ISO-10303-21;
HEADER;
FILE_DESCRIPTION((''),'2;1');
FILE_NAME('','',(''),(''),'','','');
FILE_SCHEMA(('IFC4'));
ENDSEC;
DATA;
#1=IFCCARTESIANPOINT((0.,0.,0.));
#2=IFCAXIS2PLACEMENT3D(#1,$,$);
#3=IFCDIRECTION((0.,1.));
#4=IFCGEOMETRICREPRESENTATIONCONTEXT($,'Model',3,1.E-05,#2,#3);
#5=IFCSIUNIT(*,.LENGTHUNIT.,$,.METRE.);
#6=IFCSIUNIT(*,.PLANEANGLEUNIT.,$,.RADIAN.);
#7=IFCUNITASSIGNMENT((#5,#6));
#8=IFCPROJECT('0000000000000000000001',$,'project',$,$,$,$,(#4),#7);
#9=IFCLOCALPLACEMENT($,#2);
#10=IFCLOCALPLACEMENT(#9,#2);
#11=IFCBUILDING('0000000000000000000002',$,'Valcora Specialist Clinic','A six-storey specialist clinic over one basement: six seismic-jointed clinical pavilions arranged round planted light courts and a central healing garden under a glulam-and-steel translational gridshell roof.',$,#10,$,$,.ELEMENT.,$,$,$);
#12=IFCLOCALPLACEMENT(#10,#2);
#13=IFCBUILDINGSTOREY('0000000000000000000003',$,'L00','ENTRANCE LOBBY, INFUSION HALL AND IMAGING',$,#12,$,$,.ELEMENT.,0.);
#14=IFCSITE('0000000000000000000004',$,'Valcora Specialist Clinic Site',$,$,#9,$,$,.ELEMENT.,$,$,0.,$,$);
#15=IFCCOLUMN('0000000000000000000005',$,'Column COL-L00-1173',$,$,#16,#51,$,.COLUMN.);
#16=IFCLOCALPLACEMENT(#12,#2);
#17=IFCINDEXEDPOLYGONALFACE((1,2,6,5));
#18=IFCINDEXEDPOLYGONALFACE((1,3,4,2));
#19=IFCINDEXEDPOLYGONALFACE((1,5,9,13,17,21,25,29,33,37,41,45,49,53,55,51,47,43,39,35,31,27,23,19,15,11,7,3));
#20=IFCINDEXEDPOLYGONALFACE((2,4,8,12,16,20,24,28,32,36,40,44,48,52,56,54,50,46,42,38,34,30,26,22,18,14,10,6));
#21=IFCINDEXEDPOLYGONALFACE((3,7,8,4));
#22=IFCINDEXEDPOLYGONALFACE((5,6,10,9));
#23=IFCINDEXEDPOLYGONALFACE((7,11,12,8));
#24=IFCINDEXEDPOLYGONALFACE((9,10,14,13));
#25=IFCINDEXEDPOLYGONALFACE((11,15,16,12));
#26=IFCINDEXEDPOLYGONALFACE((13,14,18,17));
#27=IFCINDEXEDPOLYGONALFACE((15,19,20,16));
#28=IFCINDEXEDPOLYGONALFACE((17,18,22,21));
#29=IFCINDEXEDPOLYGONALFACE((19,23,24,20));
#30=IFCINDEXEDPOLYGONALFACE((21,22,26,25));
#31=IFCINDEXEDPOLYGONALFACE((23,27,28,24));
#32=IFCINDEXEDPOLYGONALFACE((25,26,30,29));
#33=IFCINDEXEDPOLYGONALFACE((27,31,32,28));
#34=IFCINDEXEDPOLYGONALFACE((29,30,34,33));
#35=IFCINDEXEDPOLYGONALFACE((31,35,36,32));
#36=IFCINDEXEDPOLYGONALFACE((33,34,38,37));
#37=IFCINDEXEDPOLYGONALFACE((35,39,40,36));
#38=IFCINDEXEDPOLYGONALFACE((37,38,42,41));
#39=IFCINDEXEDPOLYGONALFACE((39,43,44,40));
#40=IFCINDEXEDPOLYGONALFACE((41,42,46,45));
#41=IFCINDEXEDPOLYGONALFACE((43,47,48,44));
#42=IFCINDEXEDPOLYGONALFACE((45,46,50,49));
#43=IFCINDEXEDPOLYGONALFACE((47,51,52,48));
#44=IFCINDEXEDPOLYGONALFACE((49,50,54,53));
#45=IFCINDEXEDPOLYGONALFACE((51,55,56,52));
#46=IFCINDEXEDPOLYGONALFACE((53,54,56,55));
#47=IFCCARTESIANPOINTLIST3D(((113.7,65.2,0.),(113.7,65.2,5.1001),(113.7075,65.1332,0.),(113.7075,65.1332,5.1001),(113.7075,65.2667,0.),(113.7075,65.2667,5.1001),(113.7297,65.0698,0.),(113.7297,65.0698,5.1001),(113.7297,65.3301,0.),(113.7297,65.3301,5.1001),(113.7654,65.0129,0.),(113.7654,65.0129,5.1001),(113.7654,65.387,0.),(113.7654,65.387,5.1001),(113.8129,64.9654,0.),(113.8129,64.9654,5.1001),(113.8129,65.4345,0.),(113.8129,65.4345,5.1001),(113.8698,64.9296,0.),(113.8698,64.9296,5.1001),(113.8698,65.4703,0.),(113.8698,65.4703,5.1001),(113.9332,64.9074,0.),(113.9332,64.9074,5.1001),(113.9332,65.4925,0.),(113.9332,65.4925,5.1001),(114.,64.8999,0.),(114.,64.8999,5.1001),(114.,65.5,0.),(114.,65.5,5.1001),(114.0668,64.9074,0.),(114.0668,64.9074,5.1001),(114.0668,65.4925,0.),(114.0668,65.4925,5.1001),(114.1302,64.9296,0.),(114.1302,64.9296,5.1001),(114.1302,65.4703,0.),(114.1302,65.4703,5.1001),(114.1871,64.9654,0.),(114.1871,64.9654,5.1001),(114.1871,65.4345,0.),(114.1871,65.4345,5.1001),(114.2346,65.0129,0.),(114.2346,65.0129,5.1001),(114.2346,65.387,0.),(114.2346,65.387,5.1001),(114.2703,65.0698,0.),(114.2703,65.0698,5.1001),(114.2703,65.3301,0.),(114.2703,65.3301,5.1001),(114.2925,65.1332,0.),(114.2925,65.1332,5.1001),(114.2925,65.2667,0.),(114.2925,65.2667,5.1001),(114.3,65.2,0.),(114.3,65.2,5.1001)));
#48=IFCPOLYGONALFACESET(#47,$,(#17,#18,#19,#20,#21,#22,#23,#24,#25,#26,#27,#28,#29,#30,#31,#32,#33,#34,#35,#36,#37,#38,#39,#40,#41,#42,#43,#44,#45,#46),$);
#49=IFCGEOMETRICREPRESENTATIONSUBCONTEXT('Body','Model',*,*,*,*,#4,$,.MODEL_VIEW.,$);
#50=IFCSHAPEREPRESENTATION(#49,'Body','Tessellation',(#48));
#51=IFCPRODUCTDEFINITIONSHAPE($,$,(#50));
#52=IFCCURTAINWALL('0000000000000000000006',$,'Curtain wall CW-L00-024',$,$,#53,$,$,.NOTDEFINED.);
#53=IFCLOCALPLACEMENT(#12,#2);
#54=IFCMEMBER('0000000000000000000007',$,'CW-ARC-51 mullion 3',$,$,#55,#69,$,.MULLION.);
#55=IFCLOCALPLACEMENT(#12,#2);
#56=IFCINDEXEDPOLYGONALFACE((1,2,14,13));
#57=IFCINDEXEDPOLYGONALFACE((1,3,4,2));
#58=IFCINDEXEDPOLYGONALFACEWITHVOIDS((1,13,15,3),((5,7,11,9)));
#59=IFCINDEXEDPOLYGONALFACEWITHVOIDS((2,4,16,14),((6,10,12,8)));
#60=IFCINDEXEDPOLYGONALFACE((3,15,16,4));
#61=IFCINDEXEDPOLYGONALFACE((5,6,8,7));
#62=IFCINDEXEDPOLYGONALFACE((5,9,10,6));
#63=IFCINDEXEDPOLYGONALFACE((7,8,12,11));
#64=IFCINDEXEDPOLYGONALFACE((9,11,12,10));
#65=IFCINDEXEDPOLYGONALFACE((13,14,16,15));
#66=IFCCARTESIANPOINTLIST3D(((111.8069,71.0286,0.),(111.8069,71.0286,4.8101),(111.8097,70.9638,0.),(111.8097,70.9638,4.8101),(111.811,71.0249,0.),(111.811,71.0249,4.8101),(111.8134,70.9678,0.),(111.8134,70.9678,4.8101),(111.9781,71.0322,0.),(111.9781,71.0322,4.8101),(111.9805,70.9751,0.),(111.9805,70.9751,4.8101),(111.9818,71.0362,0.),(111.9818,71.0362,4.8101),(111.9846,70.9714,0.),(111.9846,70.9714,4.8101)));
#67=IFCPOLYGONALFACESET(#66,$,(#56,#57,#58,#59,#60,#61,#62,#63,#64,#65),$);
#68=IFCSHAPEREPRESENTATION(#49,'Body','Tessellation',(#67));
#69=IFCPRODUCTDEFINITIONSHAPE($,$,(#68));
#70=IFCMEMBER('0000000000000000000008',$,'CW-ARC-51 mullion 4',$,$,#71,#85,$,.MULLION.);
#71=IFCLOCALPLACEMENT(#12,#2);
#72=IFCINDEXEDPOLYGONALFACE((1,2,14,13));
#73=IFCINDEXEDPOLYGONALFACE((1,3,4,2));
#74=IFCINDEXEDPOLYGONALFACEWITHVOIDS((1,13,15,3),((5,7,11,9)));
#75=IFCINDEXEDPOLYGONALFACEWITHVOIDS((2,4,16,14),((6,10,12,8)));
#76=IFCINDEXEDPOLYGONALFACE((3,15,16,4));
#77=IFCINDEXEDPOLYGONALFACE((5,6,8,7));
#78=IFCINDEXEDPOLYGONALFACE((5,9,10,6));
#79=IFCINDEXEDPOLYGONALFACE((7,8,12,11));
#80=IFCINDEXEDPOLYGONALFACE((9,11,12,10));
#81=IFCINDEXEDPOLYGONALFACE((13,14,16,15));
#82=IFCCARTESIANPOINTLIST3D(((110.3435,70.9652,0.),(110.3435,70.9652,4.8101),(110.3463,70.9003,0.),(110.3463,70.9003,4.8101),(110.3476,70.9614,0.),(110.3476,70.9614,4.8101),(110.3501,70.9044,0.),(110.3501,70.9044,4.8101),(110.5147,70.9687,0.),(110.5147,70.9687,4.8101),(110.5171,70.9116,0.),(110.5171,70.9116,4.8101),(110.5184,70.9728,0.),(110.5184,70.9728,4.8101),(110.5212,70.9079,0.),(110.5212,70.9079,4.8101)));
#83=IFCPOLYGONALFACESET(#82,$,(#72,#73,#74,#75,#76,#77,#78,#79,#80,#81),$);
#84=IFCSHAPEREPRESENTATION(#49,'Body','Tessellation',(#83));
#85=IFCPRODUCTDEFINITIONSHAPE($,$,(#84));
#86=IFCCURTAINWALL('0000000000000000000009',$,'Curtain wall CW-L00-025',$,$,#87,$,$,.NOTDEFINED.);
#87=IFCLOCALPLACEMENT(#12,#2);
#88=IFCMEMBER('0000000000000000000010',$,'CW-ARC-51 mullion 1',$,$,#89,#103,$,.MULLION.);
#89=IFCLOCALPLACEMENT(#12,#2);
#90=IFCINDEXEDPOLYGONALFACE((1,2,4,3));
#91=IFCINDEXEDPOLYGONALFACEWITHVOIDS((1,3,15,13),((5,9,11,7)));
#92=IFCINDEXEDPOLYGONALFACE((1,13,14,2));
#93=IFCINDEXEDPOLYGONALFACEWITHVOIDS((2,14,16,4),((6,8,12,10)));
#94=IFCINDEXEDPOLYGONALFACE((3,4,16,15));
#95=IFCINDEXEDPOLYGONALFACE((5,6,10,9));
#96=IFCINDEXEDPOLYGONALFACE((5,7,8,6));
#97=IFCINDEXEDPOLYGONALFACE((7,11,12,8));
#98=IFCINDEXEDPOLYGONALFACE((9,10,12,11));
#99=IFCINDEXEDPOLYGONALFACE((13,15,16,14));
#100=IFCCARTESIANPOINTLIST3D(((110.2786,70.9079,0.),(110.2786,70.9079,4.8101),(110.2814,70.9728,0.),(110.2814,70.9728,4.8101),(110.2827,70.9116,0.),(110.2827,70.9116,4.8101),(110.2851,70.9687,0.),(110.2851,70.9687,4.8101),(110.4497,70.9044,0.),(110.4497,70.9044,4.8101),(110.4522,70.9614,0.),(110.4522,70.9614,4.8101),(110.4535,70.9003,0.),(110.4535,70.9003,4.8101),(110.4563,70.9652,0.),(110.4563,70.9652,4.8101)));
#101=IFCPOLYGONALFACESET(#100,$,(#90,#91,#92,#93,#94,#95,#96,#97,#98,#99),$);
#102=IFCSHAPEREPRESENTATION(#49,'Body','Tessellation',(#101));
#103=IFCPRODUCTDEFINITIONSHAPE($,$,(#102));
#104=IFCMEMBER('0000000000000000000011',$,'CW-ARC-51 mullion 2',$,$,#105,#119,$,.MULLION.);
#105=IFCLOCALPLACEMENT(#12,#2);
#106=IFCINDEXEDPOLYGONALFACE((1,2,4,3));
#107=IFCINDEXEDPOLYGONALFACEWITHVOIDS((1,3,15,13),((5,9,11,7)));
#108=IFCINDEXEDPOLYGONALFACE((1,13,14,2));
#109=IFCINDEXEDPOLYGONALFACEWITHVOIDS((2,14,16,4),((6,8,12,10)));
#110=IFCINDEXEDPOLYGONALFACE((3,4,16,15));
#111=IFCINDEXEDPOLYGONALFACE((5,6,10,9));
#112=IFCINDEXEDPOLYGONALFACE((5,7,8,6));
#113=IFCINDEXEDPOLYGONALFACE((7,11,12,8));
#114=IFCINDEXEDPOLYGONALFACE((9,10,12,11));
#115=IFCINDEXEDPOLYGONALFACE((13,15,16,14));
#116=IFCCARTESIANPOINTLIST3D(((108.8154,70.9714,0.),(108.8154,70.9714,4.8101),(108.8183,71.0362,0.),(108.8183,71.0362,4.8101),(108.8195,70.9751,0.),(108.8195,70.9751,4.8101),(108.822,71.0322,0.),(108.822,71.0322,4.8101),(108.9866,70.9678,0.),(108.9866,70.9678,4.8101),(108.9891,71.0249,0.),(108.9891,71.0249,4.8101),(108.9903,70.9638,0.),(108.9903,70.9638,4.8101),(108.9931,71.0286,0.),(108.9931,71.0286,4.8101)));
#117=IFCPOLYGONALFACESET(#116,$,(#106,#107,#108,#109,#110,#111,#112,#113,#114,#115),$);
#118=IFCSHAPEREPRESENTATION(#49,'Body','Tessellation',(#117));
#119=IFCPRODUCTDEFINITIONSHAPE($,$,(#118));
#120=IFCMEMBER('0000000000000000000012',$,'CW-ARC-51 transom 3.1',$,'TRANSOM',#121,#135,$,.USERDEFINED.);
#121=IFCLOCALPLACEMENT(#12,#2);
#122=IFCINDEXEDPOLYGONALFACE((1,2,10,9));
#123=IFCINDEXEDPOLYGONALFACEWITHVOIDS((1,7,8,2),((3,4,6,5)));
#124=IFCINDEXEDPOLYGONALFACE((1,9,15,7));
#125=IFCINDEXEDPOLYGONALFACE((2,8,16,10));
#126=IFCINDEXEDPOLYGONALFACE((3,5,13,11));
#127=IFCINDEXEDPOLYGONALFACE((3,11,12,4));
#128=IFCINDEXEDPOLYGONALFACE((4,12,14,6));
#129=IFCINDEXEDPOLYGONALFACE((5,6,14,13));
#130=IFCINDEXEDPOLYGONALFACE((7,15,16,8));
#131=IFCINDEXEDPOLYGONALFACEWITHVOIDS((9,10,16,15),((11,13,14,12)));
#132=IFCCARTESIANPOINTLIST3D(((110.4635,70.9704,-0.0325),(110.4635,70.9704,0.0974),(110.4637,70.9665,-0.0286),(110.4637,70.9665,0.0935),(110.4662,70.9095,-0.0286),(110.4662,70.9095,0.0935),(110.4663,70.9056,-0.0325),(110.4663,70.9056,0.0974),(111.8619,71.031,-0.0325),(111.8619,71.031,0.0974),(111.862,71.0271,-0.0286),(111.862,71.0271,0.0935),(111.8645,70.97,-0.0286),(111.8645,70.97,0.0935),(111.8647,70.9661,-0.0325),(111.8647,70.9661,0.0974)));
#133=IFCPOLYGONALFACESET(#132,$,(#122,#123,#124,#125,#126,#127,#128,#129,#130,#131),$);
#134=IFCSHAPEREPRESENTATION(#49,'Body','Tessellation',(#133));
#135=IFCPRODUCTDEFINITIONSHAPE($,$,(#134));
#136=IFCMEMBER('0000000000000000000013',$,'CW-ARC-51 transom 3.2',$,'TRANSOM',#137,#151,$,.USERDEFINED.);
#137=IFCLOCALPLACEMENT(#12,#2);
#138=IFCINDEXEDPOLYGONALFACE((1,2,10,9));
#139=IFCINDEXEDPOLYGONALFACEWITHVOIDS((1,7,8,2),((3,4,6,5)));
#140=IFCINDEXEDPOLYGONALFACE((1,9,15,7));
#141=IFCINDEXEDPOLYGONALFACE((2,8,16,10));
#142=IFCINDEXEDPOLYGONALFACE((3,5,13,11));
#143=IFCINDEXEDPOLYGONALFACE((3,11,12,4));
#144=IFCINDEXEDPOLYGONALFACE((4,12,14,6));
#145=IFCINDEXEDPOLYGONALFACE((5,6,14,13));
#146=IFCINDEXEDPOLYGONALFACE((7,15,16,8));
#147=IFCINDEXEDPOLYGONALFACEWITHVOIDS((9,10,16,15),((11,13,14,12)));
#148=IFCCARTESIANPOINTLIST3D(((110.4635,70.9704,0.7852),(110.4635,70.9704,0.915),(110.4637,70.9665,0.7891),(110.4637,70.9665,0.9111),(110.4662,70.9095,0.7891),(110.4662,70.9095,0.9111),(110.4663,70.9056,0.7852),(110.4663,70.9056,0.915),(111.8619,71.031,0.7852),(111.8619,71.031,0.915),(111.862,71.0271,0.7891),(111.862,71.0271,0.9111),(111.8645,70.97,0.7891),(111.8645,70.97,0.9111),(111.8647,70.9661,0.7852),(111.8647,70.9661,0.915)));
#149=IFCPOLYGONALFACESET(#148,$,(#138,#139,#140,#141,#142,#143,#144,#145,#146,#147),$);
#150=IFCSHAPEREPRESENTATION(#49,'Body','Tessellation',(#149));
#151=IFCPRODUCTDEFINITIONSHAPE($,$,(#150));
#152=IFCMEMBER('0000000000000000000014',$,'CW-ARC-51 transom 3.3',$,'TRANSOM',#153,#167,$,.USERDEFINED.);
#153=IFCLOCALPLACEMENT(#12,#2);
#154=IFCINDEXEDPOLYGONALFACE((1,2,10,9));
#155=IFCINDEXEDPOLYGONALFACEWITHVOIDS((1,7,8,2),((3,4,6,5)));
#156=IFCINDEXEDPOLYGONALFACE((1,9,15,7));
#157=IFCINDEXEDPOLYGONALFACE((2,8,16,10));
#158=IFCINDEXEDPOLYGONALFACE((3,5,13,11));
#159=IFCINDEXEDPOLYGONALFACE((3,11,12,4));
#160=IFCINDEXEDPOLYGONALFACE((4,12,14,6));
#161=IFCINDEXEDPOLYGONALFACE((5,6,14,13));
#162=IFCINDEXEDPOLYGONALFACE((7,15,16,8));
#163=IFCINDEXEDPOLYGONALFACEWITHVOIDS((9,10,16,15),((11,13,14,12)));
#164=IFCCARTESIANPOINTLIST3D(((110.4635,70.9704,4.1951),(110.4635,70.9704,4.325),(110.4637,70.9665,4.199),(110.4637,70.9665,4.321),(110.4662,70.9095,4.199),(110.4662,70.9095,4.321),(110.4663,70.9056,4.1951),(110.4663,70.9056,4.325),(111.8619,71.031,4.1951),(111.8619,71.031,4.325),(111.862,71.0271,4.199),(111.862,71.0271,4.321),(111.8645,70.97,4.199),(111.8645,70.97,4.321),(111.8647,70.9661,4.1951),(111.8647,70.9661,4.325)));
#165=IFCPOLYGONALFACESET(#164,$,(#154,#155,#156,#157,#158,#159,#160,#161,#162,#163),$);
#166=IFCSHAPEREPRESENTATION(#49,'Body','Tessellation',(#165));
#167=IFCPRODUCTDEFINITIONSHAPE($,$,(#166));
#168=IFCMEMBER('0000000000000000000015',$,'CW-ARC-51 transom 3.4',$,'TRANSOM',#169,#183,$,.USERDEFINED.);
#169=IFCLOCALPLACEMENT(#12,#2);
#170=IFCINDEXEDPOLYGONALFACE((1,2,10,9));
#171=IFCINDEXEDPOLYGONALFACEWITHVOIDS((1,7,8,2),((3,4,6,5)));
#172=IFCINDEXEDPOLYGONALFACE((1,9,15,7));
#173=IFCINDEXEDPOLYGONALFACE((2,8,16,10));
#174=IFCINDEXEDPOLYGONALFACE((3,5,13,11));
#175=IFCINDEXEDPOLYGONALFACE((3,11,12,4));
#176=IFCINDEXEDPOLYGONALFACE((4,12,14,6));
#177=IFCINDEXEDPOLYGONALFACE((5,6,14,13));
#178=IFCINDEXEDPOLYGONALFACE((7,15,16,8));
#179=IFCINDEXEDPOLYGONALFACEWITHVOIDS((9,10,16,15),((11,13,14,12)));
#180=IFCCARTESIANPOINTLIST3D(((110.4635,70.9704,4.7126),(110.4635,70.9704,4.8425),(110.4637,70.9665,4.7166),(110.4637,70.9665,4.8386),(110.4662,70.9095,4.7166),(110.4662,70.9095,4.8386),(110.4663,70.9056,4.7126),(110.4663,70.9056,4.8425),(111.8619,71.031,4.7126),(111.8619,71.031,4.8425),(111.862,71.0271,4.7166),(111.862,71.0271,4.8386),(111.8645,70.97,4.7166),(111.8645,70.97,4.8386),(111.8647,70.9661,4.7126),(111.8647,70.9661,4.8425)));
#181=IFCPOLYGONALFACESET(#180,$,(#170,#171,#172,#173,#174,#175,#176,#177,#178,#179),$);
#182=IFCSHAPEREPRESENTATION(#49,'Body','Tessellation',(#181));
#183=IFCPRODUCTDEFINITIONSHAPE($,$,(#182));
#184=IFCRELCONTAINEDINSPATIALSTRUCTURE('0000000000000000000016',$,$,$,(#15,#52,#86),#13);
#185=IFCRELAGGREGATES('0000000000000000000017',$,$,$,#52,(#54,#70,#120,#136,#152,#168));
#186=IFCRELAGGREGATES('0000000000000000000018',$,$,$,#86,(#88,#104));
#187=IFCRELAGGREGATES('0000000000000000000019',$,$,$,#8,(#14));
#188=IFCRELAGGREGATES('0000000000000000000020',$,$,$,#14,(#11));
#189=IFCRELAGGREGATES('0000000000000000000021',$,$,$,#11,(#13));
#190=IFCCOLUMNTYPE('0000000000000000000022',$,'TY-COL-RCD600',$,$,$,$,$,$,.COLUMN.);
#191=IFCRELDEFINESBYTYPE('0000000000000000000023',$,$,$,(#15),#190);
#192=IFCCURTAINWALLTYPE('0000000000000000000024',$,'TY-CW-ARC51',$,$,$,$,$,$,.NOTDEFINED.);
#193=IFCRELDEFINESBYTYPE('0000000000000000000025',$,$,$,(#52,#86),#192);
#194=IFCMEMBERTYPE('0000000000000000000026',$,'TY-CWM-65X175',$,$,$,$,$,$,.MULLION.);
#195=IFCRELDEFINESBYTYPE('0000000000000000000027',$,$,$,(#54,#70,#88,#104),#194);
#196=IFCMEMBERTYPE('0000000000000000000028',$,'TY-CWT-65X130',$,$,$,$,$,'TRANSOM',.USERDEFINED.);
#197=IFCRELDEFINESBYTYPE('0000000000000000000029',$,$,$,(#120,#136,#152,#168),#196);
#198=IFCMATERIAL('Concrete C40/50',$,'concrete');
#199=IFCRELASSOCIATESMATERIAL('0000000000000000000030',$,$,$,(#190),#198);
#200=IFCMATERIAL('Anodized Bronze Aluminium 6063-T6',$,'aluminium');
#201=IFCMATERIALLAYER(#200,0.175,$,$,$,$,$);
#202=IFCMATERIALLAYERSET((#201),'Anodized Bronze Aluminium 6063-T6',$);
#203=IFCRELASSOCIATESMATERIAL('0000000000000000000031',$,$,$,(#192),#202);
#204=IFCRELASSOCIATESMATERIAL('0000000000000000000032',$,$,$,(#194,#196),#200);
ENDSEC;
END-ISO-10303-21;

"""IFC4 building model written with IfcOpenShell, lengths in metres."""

from ifc_helpers import new_model, si_unit, direction, frame, origin, origin_2d, place, context, subcontext, project, spatial, hollow_rectangle, circle, extrude, material, layer, layer_set, material_profile, profile_set, type_object, element, aggregate, save


model = new_model("IFC4")

# Units and contexts
model_context = context("Model", 3, precision=1e-05, world=origin(), true_north=direction((0.0, 1.0)))
body_context = subcontext(model_context, "Body", "Model", "MODEL_VIEW")
ifc_project = project(units=[si_unit("LENGTHUNIT", "METRE"), si_unit("PLANEANGLEUNIT", "RADIAN")], contexts=[model_context])

# Site, building, storey
site_placement = place(None, origin())
site = spatial("IfcSite", under=ifc_project, at=site_placement, Name="Valcora Specialist Clinic Site", CompositionType="ELEMENT", RefElevation=0.0)
building_placement = place(site_placement, origin())
building = spatial("IfcBuilding", under=site, at=building_placement, Name="Valcora Specialist Clinic", Description="A six-storey specialist clinic over one basement: six seismic-jointed clinical pavilions arranged round planted light courts and a central healing garden under a glulam-and-steel translational gridshell roof.", CompositionType="ELEMENT")
storey_placement = place(building_placement, origin())
storey = spatial("IfcBuildingStorey", under=building, at=storey_placement, Name="L00", Description="ENTRANCE LOBBY, INFUSION HALL AND IMAGING", CompositionType="ELEMENT", Elevation=0.0)

# Column
ifc_material_1 = material(Name="Concrete C40/50", Category="concrete")
ifc_material_profile_1 = material_profile(ifc_material_1, circle(Radius=0.3, at=origin_2d()), Name="RC-COL-D600")
ifc_profile_set_1 = profile_set([ifc_material_profile_1], Name="Concrete C40/50")
column_type = type_object("IfcColumnType", Name="TY-COL-RCD600", PredefinedType="COLUMN", material=ifc_profile_set_1)
column_placement = place(storey_placement, frame((114.0, 65.2, 0.0), z_axis=(0.0, 0.0, 1.0), x_axis=(1.0, 0.0, 0.0)))
element("IfcColumn", 1, at=column_placement, inside=storey, type_object=column_type, Name="Column COL-L00-1173", PredefinedType="COLUMN", context=body_context, shape_type="SweptSolid", body=[
    extrude(circle(Radius=0.3, at=origin_2d()), origin(), (0.0, 0.0, 1.0), 5.1001),
])

# Curtain walls, members
ifc_material_2 = material(Name="Anodized Bronze Aluminium 6063-T6", Category="aluminium")
ifc_layer_1 = layer(ifc_material_2, 0.175)
ifc_layer_set_1 = layer_set([ifc_layer_1], Name="Anodized Bronze Aluminium 6063-T6")
curtain_wall_type = type_object("IfcCurtainWallType", Name="TY-CW-ARC51", PredefinedType="NOTDEFINED", material=ifc_layer_set_1)
curtain_wall_1_placement = place(storey_placement, origin())
curtain_wall_1 = element("IfcCurtainWall", 2, at=curtain_wall_1_placement, inside=storey, type_object=curtain_wall_type, Name="Curtain wall CW-L00-024", PredefinedType="NOTDEFINED")
ifc_material_profile_2 = material_profile(ifc_material_2, hollow_rectangle(XDim=0.0649, YDim=0.175, WallThickness=0.0039, at=origin_2d()), Name="AL-MUL-65X175")
ifc_profile_set_2 = profile_set([ifc_material_profile_2], Name="Anodized Bronze Aluminium 6063-T6")
member_type_1 = type_object("IfcMemberType", Name="TY-CWM-65X175", PredefinedType="MULLION", material=ifc_profile_set_2)
member_1_placement = place(storey_placement, frame((111.8958, 71.0, 0.0), z_axis=(0.0, 0.0, 1.0), x_axis=(0.043307, -0.999062, 0.0)))
member_1 = element("IfcMember", 3, at=member_1_placement, type_object=member_type_1, Name="CW-ARC-51 mullion 3", PredefinedType="MULLION", context=body_context, shape_type="SweptSolid", body=[
    extrude(hollow_rectangle(XDim=0.0649, YDim=0.175, WallThickness=0.0039, at=origin_2d()), origin(), (0.0, 0.0, 1.0), 4.8101),
])
member_2_placement = place(storey_placement, frame((110.4324, 70.9365, 0.0), z_axis=(0.0, 0.0, 1.0), x_axis=(0.043307, -0.999062, 0.0)))
member_2 = element("IfcMember", 4, at=member_2_placement, type_object=member_type_1, Name="CW-ARC-51 mullion 4", PredefinedType="MULLION", context=body_context, shape_type="SweptSolid", body=[
    extrude(hollow_rectangle(XDim=0.0649, YDim=0.175, WallThickness=0.0039, at=origin_2d()), origin(), (0.0, 0.0, 1.0), 4.8101),
])
curtain_wall_2_placement = place(storey_placement, origin())
curtain_wall_2 = element("IfcCurtainWall", 5, at=curtain_wall_2_placement, inside=storey, type_object=curtain_wall_type, Name="Curtain wall CW-L00-025", PredefinedType="NOTDEFINED")
member_3_placement = place(storey_placement, frame((110.3674, 70.9365, 0.0), z_axis=(0.0, 0.0, 1.0), x_axis=(-0.043307, -0.999062, 0.0)))
member_3 = element("IfcMember", 6, at=member_3_placement, type_object=member_type_1, Name="CW-ARC-51 mullion 1", PredefinedType="MULLION", context=body_context, shape_type="SweptSolid", body=[
    extrude(hollow_rectangle(XDim=0.0649, YDim=0.175, WallThickness=0.0039, at=origin_2d()), origin(), (0.0, 0.0, 1.0), 4.8101),
])
member_4_placement = place(storey_placement, frame((108.9043, 71.0, 0.0), z_axis=(0.0, 0.0, 1.0), x_axis=(-0.043307, -0.999062, 0.0)))
member_4 = element("IfcMember", 7, at=member_4_placement, type_object=member_type_1, Name="CW-ARC-51 mullion 2", PredefinedType="MULLION", context=body_context, shape_type="SweptSolid", body=[
    extrude(hollow_rectangle(XDim=0.0649, YDim=0.175, WallThickness=0.0039, at=origin_2d()), origin(), (0.0, 0.0, 1.0), 4.8101),
])

# Members
ifc_material_profile_3 = material_profile(ifc_material_2, hollow_rectangle(XDim=0.0649, YDim=0.1299, WallThickness=0.0039, at=origin_2d()), Name="AL-TRN-65X130")
ifc_profile_set_3 = profile_set([ifc_material_profile_3], Name="Anodized Bronze Aluminium 6063-T6")
member_type_2 = type_object("IfcMemberType", Name="TY-CWT-65X130", ElementType="TRANSOM", PredefinedType="USERDEFINED", material=ifc_profile_set_3)
member_5_placement = place(storey_placement, frame((111.8633, 70.9985, 0.0325), z_axis=(-0.999064, -0.043256, 0.0), x_axis=(0.043256, -0.999064, 0.0)))
member_5 = element("IfcMember", 8, at=member_5_placement, type_object=member_type_2, Name="CW-ARC-51 transom 3.1", ObjectType="TRANSOM", PredefinedType="USERDEFINED", context=body_context, shape_type="SweptSolid", body=[
    extrude(hollow_rectangle(XDim=0.0649, YDim=0.1299, WallThickness=0.0039, at=origin_2d()), origin(), (0.0, 0.0, 1.0), 1.3997),
])
member_6_placement = place(storey_placement, frame((111.8633, 70.9985, 0.8501), z_axis=(-0.999064, -0.043256, 0.0), x_axis=(0.043256, -0.999064, 0.0)))
member_6 = element("IfcMember", 9, at=member_6_placement, type_object=member_type_2, Name="CW-ARC-51 transom 3.2", ObjectType="TRANSOM", PredefinedType="USERDEFINED", context=body_context, shape_type="SweptSolid", body=[
    extrude(hollow_rectangle(XDim=0.0649, YDim=0.1299, WallThickness=0.0039, at=origin_2d()), origin(), (0.0, 0.0, 1.0), 1.3997),
])
member_7_placement = place(storey_placement, frame((111.8633, 70.9985, 4.26), z_axis=(-0.999064, -0.043256, 0.0), x_axis=(0.043256, -0.999064, 0.0)))
member_7 = element("IfcMember", 10, at=member_7_placement, type_object=member_type_2, Name="CW-ARC-51 transom 3.3", ObjectType="TRANSOM", PredefinedType="USERDEFINED", context=body_context, shape_type="SweptSolid", body=[
    extrude(hollow_rectangle(XDim=0.0649, YDim=0.1299, WallThickness=0.0039, at=origin_2d()), origin(), (0.0, 0.0, 1.0), 1.3997),
])
member_8_placement = place(storey_placement, frame((111.8633, 70.9985, 4.7776), z_axis=(-0.999064, -0.043256, 0.0), x_axis=(0.043256, -0.999064, 0.0)))
member_8 = element("IfcMember", 11, at=member_8_placement, type_object=member_type_2, Name="CW-ARC-51 transom 3.4", ObjectType="TRANSOM", PredefinedType="USERDEFINED", context=body_context, shape_type="SweptSolid", body=[
    extrude(hollow_rectangle(XDim=0.0649, YDim=0.1299, WallThickness=0.0039, at=origin_2d()), origin(), (0.0, 0.0, 1.0), 1.3997),
])

aggregate(curtain_wall_1, [member_1, member_2, member_5, member_6, member_7, member_8])
aggregate(curtain_wall_2, [member_3, member_4])

save(model, "model.ifc")
